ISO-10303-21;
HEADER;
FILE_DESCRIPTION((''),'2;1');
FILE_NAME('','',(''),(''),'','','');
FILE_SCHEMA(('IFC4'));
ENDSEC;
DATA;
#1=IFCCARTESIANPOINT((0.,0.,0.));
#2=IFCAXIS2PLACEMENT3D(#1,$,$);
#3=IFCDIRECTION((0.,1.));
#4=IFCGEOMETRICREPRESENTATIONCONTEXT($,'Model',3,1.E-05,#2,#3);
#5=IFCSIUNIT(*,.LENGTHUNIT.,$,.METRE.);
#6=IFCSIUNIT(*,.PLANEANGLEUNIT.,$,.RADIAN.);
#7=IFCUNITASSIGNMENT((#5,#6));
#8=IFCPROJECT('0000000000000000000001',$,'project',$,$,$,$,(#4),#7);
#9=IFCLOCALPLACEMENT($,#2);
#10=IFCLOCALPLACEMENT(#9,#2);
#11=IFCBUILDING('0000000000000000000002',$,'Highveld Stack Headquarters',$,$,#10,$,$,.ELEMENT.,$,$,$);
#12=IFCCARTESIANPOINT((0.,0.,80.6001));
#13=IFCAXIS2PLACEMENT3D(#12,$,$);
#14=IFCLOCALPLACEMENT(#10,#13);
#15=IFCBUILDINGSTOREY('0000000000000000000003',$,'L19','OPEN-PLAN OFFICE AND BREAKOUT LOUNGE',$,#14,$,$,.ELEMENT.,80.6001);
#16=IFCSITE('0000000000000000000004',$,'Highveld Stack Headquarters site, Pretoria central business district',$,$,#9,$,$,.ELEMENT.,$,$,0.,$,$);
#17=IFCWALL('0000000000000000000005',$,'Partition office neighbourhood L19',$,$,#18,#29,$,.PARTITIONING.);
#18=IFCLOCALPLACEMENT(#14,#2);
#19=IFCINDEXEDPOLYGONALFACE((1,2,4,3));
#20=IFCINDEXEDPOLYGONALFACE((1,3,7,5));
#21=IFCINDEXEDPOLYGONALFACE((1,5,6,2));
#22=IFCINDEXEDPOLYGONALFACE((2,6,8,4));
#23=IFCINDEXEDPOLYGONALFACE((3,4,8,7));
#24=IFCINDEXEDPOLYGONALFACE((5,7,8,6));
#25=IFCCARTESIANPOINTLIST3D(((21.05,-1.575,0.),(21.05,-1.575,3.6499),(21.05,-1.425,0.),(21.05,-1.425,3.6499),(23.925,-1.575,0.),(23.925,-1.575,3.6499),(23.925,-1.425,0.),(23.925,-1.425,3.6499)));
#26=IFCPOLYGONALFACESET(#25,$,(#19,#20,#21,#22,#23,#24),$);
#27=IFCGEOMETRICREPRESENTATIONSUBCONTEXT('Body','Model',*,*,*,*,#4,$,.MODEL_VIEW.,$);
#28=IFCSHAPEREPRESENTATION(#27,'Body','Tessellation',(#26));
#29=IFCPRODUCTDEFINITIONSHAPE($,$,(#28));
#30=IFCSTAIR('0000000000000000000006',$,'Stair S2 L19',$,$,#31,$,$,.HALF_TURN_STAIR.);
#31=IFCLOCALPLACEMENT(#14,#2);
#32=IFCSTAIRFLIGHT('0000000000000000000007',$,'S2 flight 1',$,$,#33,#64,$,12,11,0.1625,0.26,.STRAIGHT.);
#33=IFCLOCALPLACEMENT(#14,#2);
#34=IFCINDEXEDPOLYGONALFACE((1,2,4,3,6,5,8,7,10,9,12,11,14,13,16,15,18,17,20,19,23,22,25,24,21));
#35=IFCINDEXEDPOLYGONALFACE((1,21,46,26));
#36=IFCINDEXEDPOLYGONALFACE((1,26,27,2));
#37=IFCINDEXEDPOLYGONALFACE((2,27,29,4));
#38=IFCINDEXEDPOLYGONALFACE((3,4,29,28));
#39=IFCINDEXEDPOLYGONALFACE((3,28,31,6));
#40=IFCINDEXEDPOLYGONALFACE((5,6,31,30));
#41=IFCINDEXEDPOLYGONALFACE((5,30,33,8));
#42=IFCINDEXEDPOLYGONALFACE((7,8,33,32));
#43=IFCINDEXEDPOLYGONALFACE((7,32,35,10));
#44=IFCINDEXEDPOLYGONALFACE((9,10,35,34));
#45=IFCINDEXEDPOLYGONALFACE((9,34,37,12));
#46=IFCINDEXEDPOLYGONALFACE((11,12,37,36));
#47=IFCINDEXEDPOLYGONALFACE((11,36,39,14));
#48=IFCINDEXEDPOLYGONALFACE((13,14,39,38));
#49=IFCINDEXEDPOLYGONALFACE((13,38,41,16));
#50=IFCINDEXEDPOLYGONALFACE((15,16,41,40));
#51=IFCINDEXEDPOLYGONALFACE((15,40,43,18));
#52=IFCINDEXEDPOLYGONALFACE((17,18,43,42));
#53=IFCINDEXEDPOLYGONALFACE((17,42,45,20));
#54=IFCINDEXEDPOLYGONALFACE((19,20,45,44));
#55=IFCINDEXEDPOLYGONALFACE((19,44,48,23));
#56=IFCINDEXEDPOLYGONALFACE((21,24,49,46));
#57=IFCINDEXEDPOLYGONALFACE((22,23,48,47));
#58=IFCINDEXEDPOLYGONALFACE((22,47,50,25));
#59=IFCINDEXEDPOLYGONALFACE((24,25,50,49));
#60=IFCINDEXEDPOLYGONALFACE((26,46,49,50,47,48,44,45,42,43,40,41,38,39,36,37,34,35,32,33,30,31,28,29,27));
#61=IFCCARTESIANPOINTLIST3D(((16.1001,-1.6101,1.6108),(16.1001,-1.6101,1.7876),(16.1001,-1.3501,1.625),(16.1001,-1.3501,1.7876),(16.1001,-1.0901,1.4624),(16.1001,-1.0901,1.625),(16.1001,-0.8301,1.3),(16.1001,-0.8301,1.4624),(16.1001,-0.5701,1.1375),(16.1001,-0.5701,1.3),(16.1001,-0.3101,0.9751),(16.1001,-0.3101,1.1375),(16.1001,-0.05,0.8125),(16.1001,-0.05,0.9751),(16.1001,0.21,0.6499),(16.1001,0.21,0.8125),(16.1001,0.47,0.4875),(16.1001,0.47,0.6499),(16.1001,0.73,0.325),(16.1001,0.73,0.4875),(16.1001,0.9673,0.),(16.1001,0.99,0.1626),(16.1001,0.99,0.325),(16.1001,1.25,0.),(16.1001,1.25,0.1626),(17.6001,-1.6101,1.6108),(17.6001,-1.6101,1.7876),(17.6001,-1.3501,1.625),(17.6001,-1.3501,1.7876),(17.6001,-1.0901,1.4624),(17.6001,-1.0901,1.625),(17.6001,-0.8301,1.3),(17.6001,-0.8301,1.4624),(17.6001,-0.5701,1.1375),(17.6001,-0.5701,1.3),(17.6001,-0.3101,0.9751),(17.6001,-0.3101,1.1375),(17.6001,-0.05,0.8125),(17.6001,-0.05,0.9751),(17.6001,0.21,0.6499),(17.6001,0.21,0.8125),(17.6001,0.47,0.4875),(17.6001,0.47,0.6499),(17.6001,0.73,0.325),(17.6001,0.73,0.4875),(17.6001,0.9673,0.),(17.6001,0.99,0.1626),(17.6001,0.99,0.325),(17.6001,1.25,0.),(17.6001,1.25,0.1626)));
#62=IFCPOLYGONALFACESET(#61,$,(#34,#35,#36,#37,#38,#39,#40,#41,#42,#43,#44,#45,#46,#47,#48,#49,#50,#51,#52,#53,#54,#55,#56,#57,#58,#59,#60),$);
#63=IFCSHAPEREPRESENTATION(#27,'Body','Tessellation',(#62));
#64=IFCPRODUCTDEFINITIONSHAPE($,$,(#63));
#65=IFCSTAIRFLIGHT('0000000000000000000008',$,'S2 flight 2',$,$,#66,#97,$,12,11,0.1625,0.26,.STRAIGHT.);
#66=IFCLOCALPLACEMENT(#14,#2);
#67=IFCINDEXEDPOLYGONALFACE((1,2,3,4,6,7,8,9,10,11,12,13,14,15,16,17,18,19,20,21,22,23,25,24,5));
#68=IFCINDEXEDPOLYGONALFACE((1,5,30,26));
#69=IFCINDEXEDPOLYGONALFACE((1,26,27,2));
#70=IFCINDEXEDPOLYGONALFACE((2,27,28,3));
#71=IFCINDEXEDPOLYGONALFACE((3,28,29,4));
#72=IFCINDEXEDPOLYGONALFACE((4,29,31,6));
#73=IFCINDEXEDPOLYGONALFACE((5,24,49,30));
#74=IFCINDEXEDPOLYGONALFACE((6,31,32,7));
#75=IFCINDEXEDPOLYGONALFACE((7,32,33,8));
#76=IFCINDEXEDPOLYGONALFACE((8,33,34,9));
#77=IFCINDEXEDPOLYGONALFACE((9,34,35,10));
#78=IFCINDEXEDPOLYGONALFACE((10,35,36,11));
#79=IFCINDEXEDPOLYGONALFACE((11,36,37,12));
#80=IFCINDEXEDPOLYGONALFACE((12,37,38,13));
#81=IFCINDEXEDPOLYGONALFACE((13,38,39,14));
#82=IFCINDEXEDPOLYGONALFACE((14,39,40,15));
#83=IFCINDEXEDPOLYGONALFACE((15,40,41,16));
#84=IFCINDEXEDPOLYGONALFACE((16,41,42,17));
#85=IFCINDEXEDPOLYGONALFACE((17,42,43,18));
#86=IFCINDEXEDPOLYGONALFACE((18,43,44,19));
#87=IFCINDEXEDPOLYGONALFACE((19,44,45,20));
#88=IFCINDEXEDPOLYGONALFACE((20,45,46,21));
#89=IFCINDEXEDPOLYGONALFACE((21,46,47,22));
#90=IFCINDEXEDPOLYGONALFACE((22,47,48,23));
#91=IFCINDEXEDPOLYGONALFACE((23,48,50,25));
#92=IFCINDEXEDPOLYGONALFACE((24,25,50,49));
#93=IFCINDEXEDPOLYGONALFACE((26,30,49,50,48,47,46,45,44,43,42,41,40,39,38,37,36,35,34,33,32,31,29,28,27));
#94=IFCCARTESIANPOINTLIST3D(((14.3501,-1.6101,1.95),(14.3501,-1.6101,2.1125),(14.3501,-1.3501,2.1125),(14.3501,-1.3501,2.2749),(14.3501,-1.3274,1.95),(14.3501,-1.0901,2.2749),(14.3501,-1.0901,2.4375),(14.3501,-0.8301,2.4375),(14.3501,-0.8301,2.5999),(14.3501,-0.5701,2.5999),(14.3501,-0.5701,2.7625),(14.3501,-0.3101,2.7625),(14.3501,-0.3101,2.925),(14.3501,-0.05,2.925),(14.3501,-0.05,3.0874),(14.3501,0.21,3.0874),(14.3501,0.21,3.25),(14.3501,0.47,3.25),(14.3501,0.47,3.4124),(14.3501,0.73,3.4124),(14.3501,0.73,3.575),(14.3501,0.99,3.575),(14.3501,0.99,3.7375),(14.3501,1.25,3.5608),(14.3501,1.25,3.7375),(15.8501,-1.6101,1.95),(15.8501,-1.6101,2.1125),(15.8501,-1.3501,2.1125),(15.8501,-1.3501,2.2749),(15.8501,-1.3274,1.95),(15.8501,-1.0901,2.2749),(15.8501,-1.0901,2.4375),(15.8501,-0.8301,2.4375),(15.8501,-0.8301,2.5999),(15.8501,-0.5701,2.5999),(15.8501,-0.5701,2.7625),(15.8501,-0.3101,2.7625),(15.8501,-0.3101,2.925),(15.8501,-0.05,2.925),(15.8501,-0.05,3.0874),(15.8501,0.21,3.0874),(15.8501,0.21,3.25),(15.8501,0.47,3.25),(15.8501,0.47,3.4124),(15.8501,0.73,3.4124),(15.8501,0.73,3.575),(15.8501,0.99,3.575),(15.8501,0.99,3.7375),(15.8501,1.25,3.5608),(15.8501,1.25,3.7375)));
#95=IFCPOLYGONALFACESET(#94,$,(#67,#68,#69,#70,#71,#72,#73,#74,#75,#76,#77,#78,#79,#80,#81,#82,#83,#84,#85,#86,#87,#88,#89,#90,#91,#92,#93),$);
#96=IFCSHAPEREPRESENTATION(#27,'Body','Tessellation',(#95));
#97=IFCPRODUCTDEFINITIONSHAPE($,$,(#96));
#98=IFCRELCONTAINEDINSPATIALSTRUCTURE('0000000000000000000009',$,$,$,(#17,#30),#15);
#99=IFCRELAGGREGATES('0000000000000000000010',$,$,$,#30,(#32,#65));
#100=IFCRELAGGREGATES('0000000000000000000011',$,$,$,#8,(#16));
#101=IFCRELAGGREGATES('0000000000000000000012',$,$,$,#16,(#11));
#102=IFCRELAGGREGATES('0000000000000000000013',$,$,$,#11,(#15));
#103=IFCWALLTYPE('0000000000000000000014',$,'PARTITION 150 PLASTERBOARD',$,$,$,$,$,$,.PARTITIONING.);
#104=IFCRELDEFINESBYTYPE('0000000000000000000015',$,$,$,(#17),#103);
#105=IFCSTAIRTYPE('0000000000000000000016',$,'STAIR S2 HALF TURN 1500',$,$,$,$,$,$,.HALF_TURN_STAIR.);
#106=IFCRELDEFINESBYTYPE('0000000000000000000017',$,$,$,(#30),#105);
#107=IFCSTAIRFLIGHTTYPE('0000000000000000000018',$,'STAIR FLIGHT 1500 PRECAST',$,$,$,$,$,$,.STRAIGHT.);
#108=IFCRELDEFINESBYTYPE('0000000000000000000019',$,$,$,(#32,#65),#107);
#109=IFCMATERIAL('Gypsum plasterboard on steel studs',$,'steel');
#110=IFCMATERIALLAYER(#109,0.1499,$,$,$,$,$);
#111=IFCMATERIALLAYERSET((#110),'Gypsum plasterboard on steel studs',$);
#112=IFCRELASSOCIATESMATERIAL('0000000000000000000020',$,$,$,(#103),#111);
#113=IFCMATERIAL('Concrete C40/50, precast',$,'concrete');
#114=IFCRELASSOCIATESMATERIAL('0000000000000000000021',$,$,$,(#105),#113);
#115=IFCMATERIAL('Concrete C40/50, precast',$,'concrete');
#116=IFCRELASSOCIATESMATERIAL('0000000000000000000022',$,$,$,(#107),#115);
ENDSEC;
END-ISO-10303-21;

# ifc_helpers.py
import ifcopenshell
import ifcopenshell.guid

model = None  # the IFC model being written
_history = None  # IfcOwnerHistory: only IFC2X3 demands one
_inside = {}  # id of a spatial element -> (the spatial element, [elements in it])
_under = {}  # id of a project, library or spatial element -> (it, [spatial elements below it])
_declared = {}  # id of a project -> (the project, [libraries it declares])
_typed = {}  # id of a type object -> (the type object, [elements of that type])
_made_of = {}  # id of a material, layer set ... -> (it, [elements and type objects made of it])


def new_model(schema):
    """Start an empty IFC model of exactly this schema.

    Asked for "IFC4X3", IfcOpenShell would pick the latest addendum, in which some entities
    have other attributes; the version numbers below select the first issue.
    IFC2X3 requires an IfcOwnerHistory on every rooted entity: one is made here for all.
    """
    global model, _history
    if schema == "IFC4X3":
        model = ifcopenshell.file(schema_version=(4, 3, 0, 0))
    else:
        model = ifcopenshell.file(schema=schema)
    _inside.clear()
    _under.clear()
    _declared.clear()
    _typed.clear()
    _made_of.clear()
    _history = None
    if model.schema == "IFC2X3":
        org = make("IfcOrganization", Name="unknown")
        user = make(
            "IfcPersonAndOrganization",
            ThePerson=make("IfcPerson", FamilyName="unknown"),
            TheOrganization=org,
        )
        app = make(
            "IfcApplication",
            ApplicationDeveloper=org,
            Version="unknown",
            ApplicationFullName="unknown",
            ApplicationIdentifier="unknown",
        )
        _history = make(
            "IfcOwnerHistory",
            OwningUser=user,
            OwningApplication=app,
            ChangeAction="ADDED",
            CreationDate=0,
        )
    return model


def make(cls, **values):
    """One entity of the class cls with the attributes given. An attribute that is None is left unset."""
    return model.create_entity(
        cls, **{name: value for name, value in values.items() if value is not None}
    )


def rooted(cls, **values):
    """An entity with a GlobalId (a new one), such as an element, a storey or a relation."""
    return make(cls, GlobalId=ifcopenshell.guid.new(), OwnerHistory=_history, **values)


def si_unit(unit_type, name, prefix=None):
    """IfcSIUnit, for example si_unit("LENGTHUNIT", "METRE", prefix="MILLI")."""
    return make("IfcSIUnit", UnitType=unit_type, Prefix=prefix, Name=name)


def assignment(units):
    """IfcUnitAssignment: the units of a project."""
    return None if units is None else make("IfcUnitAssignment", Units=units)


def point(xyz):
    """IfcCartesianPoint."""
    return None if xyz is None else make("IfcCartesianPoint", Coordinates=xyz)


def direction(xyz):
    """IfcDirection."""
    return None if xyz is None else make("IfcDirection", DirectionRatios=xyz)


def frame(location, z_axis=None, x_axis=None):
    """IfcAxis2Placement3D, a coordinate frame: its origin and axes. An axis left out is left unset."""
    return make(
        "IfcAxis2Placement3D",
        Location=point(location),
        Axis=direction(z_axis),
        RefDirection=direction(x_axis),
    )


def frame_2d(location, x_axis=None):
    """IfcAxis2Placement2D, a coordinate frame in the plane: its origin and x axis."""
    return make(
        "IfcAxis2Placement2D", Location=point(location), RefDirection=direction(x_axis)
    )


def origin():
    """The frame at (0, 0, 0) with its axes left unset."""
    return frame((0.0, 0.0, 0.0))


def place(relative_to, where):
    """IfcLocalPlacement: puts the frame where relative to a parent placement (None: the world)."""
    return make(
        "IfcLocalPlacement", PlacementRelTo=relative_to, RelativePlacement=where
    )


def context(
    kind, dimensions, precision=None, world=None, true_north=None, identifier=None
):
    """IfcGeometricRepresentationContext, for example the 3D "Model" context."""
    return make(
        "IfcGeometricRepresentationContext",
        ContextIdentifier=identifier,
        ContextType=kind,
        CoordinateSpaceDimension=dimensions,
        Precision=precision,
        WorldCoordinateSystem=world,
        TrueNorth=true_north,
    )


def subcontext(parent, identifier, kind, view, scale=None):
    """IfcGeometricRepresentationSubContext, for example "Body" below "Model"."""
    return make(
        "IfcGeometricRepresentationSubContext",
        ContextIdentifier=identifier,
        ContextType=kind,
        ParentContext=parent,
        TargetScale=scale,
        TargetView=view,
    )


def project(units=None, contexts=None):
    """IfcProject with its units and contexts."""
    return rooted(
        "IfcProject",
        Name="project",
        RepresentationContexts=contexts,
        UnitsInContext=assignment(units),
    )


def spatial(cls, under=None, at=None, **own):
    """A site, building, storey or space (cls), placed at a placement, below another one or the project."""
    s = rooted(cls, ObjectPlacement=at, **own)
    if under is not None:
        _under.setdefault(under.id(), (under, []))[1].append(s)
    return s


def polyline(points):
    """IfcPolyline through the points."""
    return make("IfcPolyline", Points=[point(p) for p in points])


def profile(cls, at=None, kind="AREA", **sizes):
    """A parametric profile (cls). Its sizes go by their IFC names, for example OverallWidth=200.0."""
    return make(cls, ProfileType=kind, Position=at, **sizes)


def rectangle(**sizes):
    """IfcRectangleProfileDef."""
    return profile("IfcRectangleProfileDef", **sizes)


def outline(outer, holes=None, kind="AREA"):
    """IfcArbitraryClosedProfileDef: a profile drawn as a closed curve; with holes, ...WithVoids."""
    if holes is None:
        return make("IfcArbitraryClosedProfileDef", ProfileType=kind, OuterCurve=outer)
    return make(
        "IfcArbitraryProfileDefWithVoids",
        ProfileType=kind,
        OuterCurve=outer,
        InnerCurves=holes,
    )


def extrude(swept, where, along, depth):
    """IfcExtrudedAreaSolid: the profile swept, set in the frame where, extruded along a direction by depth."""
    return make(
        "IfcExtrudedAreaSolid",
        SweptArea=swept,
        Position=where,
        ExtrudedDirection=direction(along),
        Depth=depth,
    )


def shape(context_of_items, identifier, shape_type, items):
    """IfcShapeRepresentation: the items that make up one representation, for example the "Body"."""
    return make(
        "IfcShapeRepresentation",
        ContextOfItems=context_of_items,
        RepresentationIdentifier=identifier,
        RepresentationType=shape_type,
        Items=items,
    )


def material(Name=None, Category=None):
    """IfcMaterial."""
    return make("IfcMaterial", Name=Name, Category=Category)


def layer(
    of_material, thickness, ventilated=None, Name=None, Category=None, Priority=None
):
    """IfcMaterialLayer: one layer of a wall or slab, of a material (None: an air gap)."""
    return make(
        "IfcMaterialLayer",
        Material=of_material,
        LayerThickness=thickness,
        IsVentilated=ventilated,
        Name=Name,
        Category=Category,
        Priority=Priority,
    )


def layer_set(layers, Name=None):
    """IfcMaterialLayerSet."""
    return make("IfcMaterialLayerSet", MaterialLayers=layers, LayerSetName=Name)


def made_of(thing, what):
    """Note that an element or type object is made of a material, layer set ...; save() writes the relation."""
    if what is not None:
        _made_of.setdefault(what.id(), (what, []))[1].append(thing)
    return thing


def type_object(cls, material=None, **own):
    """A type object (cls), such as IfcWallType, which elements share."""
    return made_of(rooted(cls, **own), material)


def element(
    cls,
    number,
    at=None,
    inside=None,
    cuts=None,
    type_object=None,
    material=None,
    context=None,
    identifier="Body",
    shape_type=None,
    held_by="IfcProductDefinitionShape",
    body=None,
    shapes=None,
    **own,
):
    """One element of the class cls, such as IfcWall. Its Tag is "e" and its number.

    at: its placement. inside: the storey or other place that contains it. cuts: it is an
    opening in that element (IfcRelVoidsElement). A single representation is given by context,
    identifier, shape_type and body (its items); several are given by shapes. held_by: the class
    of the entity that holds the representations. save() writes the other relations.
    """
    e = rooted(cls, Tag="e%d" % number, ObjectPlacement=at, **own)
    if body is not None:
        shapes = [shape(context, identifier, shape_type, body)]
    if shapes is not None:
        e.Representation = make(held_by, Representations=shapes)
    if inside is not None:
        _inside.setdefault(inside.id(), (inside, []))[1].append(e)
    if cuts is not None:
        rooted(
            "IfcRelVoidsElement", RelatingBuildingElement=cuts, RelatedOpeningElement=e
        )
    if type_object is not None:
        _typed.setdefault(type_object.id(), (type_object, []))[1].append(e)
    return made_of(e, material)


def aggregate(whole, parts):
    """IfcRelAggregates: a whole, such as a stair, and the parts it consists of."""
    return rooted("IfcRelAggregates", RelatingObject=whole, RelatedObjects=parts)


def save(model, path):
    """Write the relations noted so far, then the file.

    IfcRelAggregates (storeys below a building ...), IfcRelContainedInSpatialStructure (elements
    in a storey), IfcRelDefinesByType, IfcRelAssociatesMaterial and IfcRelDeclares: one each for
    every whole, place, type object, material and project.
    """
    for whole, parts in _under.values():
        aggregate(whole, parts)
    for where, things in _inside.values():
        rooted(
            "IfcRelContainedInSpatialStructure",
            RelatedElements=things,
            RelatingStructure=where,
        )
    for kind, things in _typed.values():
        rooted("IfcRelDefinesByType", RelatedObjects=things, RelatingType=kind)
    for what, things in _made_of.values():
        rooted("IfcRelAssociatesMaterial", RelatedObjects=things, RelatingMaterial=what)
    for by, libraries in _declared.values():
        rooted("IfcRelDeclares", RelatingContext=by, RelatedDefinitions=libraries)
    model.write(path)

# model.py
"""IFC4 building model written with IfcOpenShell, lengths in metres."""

from ifc_helpers import new_model, si_unit, direction, frame, frame_2d, origin, place, context, subcontext, project, spatial, polyline, rectangle, outline, extrude, material, layer, layer_set, type_object, element, aggregate, save


model = new_model("IFC4")

# Units and contexts
model_context = context("Model", 3, precision=1e-05, world=origin(), true_north=direction((0.0, 1.0)))
body_context = subcontext(model_context, "Body", "Model", "MODEL_VIEW")
ifc_project = project(units=[si_unit("LENGTHUNIT", "METRE"), si_unit("PLANEANGLEUNIT", "RADIAN")], contexts=[model_context])

# Site, building, storey
site_placement = place(None, origin())
site = spatial("IfcSite", under=ifc_project, at=site_placement, Name="Highveld Stack Headquarters site, Pretoria central business district", CompositionType="ELEMENT", RefElevation=0.0)
building_placement = place(site_placement, origin())
building = spatial("IfcBuilding", under=site, at=building_placement, Name="Highveld Stack Headquarters", CompositionType="ELEMENT")
storey_placement = place(building_placement, frame((0.0, 0.0, 80.6001)))
storey = spatial("IfcBuildingStorey", under=building, at=storey_placement, Name="L19", Description="OPEN-PLAN OFFICE AND BREAKOUT LOUNGE", CompositionType="ELEMENT", Elevation=80.6001)

# Shared definitions
ifc_material_1 = material(Name="Gypsum plasterboard on steel studs", Category="steel")
ifc_layer_1 = layer(ifc_material_1, 0.1499)
ifc_layer_set_1 = layer_set([ifc_layer_1], Name="Gypsum plasterboard on steel studs")
wall_type_1 = type_object("IfcWallType", Name="PARTITION 150 PLASTERBOARD", PredefinedType="PARTITIONING", material=ifc_layer_set_1)

# Wall
wall_1_placement = place(storey_placement, frame((21.05, -1.5, 0.0), z_axis=(0.0, 0.0, 1.0), x_axis=(1.0, 0.0, 0.0)))
element("IfcWall", 1, at=wall_1_placement, inside=storey, type_object=wall_type_1, Name="Partition office neighbourhood L19", PredefinedType="PARTITIONING", context=body_context, shape_type="SweptSolid", body=[
    extrude(rectangle(XDim=2.875, YDim=0.1499, at=frame_2d((1.4375, 0.0))), origin(), (0.0, 0.0, 1.0), 3.6499),
])

# Stair, stair flights
ifc_material_2 = material(Name="Concrete C40/50, precast", Category="concrete")
stair_type = type_object("IfcStairType", Name="STAIR S2 HALF TURN 1500", PredefinedType="HALF_TURN_STAIR", material=ifc_material_2)
stair_placement = place(storey_placement, origin())
stair = element("IfcStair", 2, at=stair_placement, inside=storey, type_object=stair_type, Name="Stair S2 L19", PredefinedType="HALF_TURN_STAIR")
ifc_material_3 = material(Name="Concrete C40/50, precast", Category="concrete")
stair_flight_type = type_object("IfcStairFlightType", Name="STAIR FLIGHT 1500 PRECAST", PredefinedType="STRAIGHT", material=ifc_material_3)
stair_flight_1_placement = place(storey_placement, frame((16.8501, 1.25, 0.0), z_axis=(0.0, 0.0, 1.0), x_axis=(0.0, -1.0, 0.0)))
stair_flight_1 = element("IfcStairFlight", 3, at=stair_flight_1_placement, type_object=stair_flight_type, Name="S2 flight 1", NumberOfRisers=12, NumberOfTreads=11, PredefinedType="STRAIGHT", RiserHeight=0.1625, TreadLength=0.26, context=body_context, shape_type="SweptSolid", body=[
    extrude(outline(polyline([(0.0, 0.0), (0.0, 0.1626), (0.26, 0.1626), (0.26, 0.325), (0.52, 0.325), (0.52, 0.4875), (0.78, 0.4875), (0.78, 0.6499), (1.04, 0.6499), (1.04, 0.8125), (1.3, 0.8125), (1.3, 0.9751), (1.5601, 0.9751), (1.5601, 1.1375), (1.8201, 1.1375), (1.8201, 1.3), (2.0801, 1.3), (2.0801, 1.4624), (2.3401, 1.4624), (2.3401, 1.625), (2.6001, 1.625), (2.6001, 1.7876), (2.8601, 1.7876), (2.8601, 1.95), (2.8601, 1.6108), (0.2827, 0.0), (0.0, 0.0)])), frame((0.0, 0.75, 0.0), z_axis=(0.0, -1.0, 0.0), x_axis=(1.0, 0.0, 0.0)), (0.0, 0.0, 1.0), 1.5),
])
stair_flight_2_placement = place(storey_placement, frame((15.1001, -1.6101, 1.95), z_axis=(0.0, 0.0, 1.0), x_axis=(0.0, 1.0, 0.0)))
stair_flight_2 = element("IfcStairFlight", 4, at=stair_flight_2_placement, type_object=stair_flight_type, Name="S2 flight 2", NumberOfRisers=12, NumberOfTreads=11, PredefinedType="STRAIGHT", RiserHeight=0.1625, TreadLength=0.26, context=body_context, shape_type="SweptSolid", body=[
    extrude(outline(polyline([(0.0, 0.0), (0.0, 0.1626), (0.26, 0.1626), (0.26, 0.325), (0.52, 0.325), (0.52, 0.4875), (0.78, 0.4875), (0.78, 0.6499), (1.04, 0.6499), (1.04, 0.8125), (1.3, 0.8125), (1.3, 0.9751), (1.5601, 0.9751), (1.5601, 1.1375), (1.8201, 1.1375), (1.8201, 1.3), (2.0801, 1.3), (2.0801, 1.4624), (2.3401, 1.4624), (2.3401, 1.625), (2.6001, 1.625), (2.6001, 1.7876), (2.8601, 1.7876), (2.8601, 1.95), (2.8601, 1.6108), (0.2827, 0.0), (0.0, 0.0)])), frame((0.0, 0.75, 0.0), z_axis=(0.0, -1.0, 0.0), x_axis=(1.0, 0.0, 0.0)), (0.0, 0.0, 1.0), 1.5),
])
aggregate(stair, [stair_flight_1, stair_flight_2])

save(model, "model.ifc")
